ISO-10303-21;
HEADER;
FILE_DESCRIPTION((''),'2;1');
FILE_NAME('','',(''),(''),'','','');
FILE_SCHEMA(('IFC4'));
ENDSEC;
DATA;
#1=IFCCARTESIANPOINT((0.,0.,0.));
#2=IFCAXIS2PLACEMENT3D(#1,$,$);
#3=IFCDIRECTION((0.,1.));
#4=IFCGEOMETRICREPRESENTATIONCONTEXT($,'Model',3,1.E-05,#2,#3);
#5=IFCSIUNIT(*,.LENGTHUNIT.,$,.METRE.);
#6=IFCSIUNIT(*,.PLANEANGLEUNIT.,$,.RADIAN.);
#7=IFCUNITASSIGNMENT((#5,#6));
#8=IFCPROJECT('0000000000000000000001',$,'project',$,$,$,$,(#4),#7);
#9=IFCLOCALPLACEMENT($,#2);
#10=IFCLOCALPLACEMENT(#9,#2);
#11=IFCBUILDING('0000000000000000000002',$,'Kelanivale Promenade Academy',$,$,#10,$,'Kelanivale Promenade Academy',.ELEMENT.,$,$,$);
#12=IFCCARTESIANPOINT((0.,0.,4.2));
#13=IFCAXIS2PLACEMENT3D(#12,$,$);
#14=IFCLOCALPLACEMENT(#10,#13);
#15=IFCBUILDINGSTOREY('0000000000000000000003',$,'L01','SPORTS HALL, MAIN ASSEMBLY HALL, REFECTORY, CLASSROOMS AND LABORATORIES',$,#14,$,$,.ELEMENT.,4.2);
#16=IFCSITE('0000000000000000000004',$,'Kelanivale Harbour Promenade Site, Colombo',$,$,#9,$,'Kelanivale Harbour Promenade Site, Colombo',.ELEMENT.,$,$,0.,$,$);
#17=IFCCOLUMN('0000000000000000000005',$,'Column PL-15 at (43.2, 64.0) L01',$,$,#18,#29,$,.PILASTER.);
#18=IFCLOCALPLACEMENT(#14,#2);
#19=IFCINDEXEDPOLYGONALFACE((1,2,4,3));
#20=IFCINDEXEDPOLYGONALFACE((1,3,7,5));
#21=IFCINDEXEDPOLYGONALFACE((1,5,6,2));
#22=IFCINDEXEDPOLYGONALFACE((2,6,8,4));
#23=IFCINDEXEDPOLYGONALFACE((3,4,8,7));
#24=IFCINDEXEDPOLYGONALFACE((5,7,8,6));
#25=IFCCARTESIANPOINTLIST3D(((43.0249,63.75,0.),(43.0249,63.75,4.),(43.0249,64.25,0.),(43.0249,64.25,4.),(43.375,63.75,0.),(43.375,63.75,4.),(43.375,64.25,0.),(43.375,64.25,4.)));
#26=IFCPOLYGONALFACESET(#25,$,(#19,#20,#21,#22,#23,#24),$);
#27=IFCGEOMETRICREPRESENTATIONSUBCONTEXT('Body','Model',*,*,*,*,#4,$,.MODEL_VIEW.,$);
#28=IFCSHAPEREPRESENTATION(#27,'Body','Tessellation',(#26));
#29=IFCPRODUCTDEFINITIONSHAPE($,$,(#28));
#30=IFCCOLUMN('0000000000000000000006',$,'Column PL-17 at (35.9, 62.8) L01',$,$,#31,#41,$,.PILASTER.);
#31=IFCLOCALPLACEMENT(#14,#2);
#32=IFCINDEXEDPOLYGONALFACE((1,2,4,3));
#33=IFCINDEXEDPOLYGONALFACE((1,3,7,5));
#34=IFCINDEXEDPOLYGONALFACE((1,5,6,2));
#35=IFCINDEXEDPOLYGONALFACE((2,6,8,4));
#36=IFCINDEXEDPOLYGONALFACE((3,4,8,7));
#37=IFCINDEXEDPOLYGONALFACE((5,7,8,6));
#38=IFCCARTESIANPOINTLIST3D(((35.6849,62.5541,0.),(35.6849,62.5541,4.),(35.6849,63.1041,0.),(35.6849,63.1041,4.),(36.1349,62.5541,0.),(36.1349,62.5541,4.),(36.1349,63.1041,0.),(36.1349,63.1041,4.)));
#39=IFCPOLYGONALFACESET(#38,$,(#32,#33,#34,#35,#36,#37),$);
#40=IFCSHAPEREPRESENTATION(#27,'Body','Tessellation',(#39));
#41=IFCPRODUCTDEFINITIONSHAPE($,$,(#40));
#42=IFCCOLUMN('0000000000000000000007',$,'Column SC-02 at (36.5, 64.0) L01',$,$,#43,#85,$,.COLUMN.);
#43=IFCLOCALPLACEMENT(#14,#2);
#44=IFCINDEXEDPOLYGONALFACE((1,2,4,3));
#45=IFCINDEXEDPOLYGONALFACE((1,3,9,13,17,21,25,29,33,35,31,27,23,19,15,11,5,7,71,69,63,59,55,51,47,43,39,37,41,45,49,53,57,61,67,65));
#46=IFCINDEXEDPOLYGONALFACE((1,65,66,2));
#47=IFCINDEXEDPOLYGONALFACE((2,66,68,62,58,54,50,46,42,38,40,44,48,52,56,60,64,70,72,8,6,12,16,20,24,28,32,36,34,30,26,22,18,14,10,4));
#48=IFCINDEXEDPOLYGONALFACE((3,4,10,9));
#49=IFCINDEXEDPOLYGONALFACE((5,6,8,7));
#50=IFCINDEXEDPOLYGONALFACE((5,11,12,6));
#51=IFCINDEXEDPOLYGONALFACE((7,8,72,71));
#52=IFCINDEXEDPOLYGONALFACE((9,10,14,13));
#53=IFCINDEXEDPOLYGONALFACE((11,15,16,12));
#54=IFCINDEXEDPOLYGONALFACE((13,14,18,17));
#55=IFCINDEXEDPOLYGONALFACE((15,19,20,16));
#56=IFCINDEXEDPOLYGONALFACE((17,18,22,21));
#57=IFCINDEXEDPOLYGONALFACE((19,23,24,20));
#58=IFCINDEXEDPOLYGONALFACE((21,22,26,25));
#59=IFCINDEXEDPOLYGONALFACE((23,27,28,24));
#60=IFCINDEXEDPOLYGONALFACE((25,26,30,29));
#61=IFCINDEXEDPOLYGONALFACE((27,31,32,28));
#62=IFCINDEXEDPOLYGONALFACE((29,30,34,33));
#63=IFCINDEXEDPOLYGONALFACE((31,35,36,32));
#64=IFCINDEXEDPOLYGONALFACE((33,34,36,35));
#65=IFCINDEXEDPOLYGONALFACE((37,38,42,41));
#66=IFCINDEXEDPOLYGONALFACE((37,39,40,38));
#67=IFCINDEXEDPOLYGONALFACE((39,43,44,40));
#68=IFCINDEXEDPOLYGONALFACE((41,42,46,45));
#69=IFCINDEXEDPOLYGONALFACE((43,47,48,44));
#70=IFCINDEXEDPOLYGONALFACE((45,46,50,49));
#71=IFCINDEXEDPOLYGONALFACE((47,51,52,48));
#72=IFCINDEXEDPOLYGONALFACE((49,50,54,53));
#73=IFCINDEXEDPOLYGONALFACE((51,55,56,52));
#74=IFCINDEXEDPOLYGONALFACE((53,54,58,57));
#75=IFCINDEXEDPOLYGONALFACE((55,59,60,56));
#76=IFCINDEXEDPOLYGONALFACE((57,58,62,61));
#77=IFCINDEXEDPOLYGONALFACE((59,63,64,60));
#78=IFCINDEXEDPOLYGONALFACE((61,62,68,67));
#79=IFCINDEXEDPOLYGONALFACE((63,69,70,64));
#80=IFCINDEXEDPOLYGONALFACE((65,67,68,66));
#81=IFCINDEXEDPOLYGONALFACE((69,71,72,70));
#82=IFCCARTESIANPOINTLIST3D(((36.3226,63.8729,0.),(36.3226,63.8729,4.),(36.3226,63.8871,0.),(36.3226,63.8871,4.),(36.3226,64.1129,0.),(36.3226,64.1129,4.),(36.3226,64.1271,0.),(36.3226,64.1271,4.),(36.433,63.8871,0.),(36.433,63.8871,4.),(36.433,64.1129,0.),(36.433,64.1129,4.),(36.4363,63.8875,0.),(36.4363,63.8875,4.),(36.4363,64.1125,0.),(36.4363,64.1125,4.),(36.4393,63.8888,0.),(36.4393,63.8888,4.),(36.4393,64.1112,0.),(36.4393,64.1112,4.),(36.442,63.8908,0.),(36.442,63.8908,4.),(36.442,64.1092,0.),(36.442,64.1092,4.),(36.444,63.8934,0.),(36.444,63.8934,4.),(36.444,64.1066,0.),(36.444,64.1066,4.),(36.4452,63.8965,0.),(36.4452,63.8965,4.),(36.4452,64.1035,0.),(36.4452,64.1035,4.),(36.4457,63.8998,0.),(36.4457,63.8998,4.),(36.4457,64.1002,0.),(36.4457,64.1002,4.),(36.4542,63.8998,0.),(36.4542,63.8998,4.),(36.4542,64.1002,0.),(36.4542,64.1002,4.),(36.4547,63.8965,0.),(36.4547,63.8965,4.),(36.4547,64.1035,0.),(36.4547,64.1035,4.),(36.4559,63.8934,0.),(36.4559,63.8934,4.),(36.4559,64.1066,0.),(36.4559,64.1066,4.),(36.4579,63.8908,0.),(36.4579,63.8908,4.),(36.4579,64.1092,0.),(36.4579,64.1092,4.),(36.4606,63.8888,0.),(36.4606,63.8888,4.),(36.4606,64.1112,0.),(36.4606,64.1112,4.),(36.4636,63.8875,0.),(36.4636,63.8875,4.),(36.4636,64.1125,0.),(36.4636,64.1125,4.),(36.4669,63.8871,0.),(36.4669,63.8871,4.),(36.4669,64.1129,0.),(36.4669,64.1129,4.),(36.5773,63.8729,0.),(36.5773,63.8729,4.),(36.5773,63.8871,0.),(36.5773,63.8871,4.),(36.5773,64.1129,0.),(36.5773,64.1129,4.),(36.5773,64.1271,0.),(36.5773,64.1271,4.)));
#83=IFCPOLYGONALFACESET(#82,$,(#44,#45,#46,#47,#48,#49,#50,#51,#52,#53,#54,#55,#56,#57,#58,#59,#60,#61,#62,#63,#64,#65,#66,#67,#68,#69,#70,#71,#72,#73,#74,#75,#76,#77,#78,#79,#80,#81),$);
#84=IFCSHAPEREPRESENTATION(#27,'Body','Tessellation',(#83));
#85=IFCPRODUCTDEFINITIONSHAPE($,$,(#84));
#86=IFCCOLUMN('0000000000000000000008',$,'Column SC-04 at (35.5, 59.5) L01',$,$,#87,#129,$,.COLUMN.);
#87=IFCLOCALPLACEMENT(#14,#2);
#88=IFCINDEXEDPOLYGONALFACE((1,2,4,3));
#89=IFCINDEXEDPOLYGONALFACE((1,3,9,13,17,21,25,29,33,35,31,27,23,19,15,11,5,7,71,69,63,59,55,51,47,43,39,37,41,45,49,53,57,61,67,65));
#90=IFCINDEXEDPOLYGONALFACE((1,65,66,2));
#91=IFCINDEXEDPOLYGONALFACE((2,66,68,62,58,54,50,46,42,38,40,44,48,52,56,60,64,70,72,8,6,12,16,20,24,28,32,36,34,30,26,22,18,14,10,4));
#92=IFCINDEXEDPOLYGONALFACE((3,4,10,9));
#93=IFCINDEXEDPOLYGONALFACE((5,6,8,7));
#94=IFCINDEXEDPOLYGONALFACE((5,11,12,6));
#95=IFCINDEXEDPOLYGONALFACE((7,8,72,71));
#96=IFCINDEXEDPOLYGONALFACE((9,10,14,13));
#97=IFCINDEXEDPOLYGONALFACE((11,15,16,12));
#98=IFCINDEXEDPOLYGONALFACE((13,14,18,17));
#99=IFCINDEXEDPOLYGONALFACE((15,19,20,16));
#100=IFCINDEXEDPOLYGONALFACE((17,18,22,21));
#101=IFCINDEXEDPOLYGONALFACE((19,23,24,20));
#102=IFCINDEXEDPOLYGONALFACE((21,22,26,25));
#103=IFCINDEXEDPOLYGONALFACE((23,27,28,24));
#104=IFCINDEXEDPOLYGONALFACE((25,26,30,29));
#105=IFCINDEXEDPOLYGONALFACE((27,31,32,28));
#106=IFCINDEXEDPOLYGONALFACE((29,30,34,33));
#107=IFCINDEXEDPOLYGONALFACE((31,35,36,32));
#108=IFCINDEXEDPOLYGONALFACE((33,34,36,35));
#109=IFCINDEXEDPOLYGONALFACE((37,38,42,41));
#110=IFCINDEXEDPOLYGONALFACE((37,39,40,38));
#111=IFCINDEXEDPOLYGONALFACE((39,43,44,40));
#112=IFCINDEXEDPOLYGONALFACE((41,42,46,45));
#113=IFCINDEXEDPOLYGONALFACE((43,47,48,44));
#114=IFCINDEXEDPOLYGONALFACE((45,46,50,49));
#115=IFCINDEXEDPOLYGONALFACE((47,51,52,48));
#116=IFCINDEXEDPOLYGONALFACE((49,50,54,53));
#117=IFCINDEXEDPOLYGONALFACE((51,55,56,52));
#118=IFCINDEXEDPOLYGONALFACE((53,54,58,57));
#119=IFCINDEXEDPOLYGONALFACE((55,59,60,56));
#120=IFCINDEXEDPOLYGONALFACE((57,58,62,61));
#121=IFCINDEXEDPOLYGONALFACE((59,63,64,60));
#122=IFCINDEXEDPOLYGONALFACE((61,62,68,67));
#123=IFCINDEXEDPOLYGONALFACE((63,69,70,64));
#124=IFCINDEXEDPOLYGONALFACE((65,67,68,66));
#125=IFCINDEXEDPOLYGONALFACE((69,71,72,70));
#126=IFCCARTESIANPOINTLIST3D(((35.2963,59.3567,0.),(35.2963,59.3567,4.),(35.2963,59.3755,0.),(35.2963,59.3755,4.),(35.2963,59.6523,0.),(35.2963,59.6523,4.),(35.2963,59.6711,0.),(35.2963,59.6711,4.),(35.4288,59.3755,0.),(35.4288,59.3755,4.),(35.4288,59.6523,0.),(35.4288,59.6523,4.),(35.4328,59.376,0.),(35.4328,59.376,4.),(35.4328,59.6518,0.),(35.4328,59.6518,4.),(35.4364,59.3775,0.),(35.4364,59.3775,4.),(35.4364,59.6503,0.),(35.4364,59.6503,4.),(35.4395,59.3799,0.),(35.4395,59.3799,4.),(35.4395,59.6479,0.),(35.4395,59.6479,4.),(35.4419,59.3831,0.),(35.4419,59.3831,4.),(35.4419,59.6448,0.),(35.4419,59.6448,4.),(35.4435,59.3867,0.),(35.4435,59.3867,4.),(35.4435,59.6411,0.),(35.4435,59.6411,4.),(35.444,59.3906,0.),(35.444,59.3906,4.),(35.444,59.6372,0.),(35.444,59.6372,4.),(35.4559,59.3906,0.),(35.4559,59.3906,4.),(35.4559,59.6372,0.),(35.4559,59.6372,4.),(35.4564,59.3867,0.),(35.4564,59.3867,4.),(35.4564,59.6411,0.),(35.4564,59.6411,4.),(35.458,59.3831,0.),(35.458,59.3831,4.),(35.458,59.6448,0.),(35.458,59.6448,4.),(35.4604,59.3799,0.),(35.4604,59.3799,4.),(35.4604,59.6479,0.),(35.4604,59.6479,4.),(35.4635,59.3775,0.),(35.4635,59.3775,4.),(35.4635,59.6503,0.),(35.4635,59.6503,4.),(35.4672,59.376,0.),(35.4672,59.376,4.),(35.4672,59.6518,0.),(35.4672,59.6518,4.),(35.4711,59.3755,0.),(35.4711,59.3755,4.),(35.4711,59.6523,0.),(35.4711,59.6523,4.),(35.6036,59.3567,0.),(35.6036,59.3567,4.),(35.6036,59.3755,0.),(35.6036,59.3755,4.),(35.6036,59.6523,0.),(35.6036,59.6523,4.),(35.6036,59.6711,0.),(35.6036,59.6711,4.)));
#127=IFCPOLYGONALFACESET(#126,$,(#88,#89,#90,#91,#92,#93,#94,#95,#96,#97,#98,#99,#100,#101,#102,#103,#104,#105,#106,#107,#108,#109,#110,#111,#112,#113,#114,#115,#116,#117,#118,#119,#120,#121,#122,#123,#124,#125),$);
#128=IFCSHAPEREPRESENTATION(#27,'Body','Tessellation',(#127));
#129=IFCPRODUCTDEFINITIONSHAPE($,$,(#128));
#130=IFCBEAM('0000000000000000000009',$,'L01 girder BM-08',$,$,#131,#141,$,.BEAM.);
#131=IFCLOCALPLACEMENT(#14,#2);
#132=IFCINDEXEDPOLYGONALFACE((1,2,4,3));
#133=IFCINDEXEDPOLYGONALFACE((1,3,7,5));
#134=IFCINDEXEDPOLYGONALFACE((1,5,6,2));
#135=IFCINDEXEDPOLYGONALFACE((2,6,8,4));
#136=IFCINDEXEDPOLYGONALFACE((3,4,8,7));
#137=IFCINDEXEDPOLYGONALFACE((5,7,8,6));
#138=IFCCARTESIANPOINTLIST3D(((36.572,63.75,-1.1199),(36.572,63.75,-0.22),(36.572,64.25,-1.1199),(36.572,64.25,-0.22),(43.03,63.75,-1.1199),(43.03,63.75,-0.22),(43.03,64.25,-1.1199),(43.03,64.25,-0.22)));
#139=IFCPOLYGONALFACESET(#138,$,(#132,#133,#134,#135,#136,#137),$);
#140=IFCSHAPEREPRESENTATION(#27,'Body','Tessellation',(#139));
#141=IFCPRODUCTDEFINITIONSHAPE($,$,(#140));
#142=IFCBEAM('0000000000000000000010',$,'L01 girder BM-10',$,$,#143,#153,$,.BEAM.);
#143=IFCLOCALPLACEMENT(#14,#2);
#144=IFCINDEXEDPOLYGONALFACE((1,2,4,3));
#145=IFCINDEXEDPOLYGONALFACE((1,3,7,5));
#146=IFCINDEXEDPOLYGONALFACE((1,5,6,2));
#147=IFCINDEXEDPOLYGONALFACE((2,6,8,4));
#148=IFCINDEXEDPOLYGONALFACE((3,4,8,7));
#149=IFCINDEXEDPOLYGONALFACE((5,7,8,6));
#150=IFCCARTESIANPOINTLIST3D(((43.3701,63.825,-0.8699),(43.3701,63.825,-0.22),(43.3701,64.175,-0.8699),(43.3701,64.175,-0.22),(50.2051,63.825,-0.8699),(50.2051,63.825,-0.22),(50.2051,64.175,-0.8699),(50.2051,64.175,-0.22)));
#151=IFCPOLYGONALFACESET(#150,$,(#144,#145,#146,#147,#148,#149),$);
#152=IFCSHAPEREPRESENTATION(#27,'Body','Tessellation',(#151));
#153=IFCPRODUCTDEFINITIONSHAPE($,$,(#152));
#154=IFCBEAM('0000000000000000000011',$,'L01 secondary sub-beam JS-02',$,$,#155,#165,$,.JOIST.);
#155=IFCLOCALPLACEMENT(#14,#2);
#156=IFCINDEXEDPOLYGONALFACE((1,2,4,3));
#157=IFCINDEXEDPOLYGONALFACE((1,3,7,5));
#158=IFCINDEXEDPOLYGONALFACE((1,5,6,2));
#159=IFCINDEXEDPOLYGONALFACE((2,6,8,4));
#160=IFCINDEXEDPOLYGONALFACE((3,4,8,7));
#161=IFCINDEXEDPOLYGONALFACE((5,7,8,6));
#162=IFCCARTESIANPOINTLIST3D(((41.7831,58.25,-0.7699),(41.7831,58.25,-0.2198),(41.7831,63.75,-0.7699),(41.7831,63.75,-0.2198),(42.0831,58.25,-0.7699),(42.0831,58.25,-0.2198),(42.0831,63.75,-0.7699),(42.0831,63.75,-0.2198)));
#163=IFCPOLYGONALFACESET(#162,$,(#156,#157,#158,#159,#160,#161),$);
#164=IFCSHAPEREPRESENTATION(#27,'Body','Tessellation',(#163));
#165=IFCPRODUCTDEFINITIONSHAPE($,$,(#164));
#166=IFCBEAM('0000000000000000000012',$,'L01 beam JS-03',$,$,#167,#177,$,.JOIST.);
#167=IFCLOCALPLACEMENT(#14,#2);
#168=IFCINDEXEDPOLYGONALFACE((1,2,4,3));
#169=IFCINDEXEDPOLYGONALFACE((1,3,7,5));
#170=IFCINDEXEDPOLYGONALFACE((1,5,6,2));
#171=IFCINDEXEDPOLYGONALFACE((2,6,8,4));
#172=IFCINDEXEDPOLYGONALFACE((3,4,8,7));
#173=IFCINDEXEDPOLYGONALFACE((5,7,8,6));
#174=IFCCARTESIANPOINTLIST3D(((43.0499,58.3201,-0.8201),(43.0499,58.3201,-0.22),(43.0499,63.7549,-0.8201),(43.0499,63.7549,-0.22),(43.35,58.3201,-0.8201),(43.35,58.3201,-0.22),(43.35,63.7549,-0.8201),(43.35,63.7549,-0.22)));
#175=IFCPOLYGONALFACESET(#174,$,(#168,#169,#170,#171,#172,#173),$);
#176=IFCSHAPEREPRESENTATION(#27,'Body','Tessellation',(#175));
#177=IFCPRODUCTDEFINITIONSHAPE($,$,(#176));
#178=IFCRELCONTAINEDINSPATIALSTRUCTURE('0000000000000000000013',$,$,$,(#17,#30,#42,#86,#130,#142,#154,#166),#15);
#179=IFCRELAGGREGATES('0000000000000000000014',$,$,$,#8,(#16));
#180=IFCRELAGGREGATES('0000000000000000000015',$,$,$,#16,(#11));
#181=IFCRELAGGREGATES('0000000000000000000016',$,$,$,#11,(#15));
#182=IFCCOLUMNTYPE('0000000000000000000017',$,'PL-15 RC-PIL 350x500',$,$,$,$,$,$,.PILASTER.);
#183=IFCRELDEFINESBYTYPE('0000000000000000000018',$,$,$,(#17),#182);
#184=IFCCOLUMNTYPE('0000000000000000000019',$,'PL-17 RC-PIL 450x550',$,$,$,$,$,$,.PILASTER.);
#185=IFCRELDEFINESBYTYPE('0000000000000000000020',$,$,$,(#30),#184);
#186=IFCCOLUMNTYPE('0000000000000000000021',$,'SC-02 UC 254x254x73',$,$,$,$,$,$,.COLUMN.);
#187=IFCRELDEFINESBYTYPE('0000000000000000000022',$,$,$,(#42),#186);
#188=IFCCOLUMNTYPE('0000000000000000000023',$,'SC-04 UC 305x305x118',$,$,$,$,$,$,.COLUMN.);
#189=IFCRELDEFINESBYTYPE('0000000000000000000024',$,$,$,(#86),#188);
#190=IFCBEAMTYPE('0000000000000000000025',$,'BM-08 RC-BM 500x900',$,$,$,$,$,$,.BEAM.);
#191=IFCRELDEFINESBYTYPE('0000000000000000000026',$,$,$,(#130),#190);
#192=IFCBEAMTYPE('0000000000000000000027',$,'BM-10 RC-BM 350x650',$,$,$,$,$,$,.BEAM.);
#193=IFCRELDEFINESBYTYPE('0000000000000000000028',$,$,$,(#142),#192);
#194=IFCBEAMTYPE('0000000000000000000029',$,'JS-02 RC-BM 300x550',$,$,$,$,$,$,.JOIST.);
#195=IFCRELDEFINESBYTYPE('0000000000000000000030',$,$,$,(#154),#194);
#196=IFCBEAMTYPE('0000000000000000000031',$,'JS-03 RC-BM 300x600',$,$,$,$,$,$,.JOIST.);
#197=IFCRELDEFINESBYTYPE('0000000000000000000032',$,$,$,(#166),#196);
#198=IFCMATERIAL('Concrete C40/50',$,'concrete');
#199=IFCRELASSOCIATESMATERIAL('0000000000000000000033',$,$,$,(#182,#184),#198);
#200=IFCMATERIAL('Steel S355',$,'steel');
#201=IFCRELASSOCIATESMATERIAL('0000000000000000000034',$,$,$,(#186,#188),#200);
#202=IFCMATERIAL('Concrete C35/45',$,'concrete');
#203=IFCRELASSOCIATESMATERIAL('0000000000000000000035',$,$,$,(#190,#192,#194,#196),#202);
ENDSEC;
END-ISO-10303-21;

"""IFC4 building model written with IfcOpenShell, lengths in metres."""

from ifc_helpers import new_model, si_unit, direction, frame, origin, origin_2d, place, context, subcontext, project, spatial, rectangle, i_section, extrude, material, material_profile, profile_set, type_object, element, save


model = new_model("IFC4")

# Units and contexts
model_context = context("Model", 3, precision=1e-05, world=origin(), true_north=direction((0.0, 1.0)))
body_context = subcontext(model_context, "Body", "Model", "MODEL_VIEW")
ifc_project = project(units=[si_unit("LENGTHUNIT", "METRE"), si_unit("PLANEANGLEUNIT", "RADIAN")], contexts=[model_context])

# Site, building, storey
site_placement = place(None, origin())
site = spatial("IfcSite", under=ifc_project, at=site_placement, Name="Kelanivale Harbour Promenade Site, Colombo", LongName="Kelanivale Harbour Promenade Site, Colombo", CompositionType="ELEMENT", RefElevation=0.0)
building_placement = place(site_placement, origin())
building = spatial("IfcBuilding", under=site, at=building_placement, Name="Kelanivale Promenade Academy", LongName="Kelanivale Promenade Academy", CompositionType="ELEMENT")
storey_placement = place(building_placement, frame((0.0, 0.0, 4.2)))
storey = spatial("IfcBuildingStorey", under=building, at=storey_placement, Name="L01", Description="SPORTS HALL, MAIN ASSEMBLY HALL, REFECTORY, CLASSROOMS AND LABORATORIES", CompositionType="ELEMENT", Elevation=4.2)

# Columns
ifc_material_1 = material(Name="Concrete C40/50", Category="concrete")
ifc_material_profile_1 = material_profile(ifc_material_1, rectangle(XDim=0.3501, YDim=0.5, at=origin_2d()), Name="RC-PIL 350x500")
ifc_profile_set_1 = profile_set([ifc_material_profile_1], Name="Concrete C40/50")
column_type_1 = type_object("IfcColumnType", Name="PL-15 RC-PIL 350x500", PredefinedType="PILASTER", material=ifc_profile_set_1)
column_1_placement = place(storey_placement, frame((43.2, 64.0, 0.0), z_axis=(0.0, 0.0, 1.0), x_axis=(1.0, 0.0, 0.0)))
element("IfcColumn", 1, at=column_1_placement, inside=storey, type_object=column_type_1, Name="Column PL-15 at (43.2, 64.0) L01", PredefinedType="PILASTER", context=body_context, shape_type="SweptSolid", body=[
    extrude(rectangle(XDim=0.3501, YDim=0.5, at=origin_2d()), origin(), (0.0, 0.0, 1.0), 4.0),
])
ifc_material_profile_2 = material_profile(ifc_material_1, rectangle(XDim=0.45, YDim=0.55, at=origin_2d()), Name="RC-PIL 450x550")
ifc_profile_set_2 = profile_set([ifc_material_profile_2], Name="Concrete C40/50")
column_type_2 = type_object("IfcColumnType", Name="PL-17 RC-PIL 450x550", PredefinedType="PILASTER", material=ifc_profile_set_2)
column_2_placement = place(storey_placement, frame((35.9099, 62.8291, 0.0), z_axis=(0.0, 0.0, 1.0), x_axis=(1.0, 0.0, 0.0)))
element("IfcColumn", 2, at=column_2_placement, inside=storey, type_object=column_type_2, Name="Column PL-17 at (35.9, 62.8) L01", PredefinedType="PILASTER", context=body_context, shape_type="SweptSolid", body=[
    extrude(rectangle(XDim=0.45, YDim=0.55, at=origin_2d()), origin(), (0.0, 0.0, 1.0), 4.0),
])
ifc_material_2 = material(Name="Steel S355", Category="steel")
ifc_material_profile_3 = material_profile(ifc_material_2, i_section(OverallWidth=0.2546, OverallDepth=0.2542, WebThickness=0.0085, FlangeThickness=0.0142, FilletRadius=0.0127, at=origin_2d()), Name="UC 254x254x73")
ifc_profile_set_3 = profile_set([ifc_material_profile_3], Name="Steel S355")
column_type_3 = type_object("IfcColumnType", Name="SC-02 UC 254x254x73", PredefinedType="COLUMN", material=ifc_profile_set_3)
column_3_placement = place(storey_placement, frame((36.45, 64.0, 0.0), z_axis=(0.0, 0.0, 1.0), x_axis=(1.0, 0.0, 0.0)))
element("IfcColumn", 3, at=column_3_placement, inside=storey, type_object=column_type_3, Name="Column SC-02 at (36.5, 64.0) L01", PredefinedType="COLUMN", context=body_context, shape_type="SweptSolid", body=[
    extrude(i_section(OverallWidth=0.2546, OverallDepth=0.2542, WebThickness=0.0085, FlangeThickness=0.0142, FilletRadius=0.0127, at=origin_2d()), origin(), (0.0, 0.0, 1.0), 4.0),
])
ifc_material_profile_4 = material_profile(ifc_material_2, i_section(OverallWidth=0.3074, OverallDepth=0.3145, WebThickness=0.012, FlangeThickness=0.0188, FilletRadius=0.0151, at=origin_2d()), Name="UC 305x305x118")
ifc_profile_set_4 = profile_set([ifc_material_profile_4], Name="Steel S355")
column_type_4 = type_object("IfcColumnType", Name="SC-04 UC 305x305x118", PredefinedType="COLUMN", material=ifc_profile_set_4)
column_4_placement = place(storey_placement, frame((35.45, 59.5139, 0.0), z_axis=(0.0, 0.0, 1.0), x_axis=(1.0, 0.0, 0.0)))
element("IfcColumn", 4, at=column_4_placement, inside=storey, type_object=column_type_4, Name="Column SC-04 at (35.5, 59.5) L01", PredefinedType="COLUMN", context=body_context, shape_type="SweptSolid", body=[
    extrude(i_section(OverallWidth=0.3074, OverallDepth=0.3145, WebThickness=0.012, FlangeThickness=0.0188, FilletRadius=0.0151, at=origin_2d()), origin(), (0.0, 0.0, 1.0), 4.0),
])

# Beams
ifc_material_3 = material(Name="Concrete C35/45", Category="concrete")
ifc_material_profile_5 = material_profile(ifc_material_3, rectangle(XDim=0.5, YDim=0.8999, at=origin_2d()), Name="RC-BM 500x900")
ifc_profile_set_5 = profile_set([ifc_material_profile_5], Name="Concrete C35/45")
beam_type_1 = type_object("IfcBeamType", Name="BM-08 RC-BM 500x900", PredefinedType="BEAM", material=ifc_profile_set_5)
beam_1_placement = place(storey_placement, frame((36.572, 64.0, -0.6699), z_axis=(1.0, 0.0, 0.0), x_axis=(0.0, 1.0, 0.0)))
element("IfcBeam", 5, at=beam_1_placement, inside=storey, type_object=beam_type_1, Name="L01 girder BM-08", PredefinedType="BEAM", context=body_context, shape_type="SweptSolid", body=[
    extrude(rectangle(XDim=0.5, YDim=0.8999, at=origin_2d()), origin(), (0.0, 0.0, 1.0), 6.458),
])
ifc_material_profile_6 = material_profile(ifc_material_3, rectangle(XDim=0.3501, YDim=0.6499, at=origin_2d()), Name="RC-BM 350x650")
ifc_profile_set_6 = profile_set([ifc_material_profile_6], Name="Concrete C35/45")
beam_type_2 = type_object("IfcBeamType", Name="BM-10 RC-BM 350x650", PredefinedType="BEAM", material=ifc_profile_set_6)
beam_2_placement = place(storey_placement, frame((43.3701, 64.0, -0.5449), z_axis=(1.0, 0.0, 0.0), x_axis=(0.0, 1.0, 0.0)))
element("IfcBeam", 6, at=beam_2_placement, inside=storey, type_object=beam_type_2, Name="L01 girder BM-10", PredefinedType="BEAM", context=body_context, shape_type="SweptSolid", body=[
    extrude(rectangle(XDim=0.3501, YDim=0.6499, at=origin_2d()), origin(), (0.0, 0.0, 1.0), 6.835),
])
ifc_material_profile_7 = material_profile(ifc_material_3, rectangle(XDim=0.3, YDim=0.55, at=origin_2d()), Name="RC-BM 300x550")
ifc_profile_set_7 = profile_set([ifc_material_profile_7], Name="Concrete C35/45")
beam_type_3 = type_object("IfcBeamType", Name="JS-02 RC-BM 300x550", PredefinedType="JOIST", material=ifc_profile_set_7)
beam_3_placement = place(storey_placement, frame((41.9331, 58.25, -0.4949), z_axis=(0.0, 1.0, 0.0), x_axis=(-1.0, 0.0, 0.0)))
element("IfcBeam", 7, at=beam_3_placement, inside=storey, type_object=beam_type_3, Name="L01 secondary sub-beam JS-02", PredefinedType="JOIST", context=body_context, shape_type="SweptSolid", body=[
    extrude(rectangle(XDim=0.3, YDim=0.55, at=origin_2d()), origin(), (0.0, 0.0, 1.0), 5.5),
])
ifc_material_profile_8 = material_profile(ifc_material_3, rectangle(XDim=0.3, YDim=0.6001, at=origin_2d()), Name="RC-BM 300x600")
ifc_profile_set_8 = profile_set([ifc_material_profile_8], Name="Concrete C35/45")
beam_type_4 = type_object("IfcBeamType", Name="JS-03 RC-BM 300x600", PredefinedType="JOIST", material=ifc_profile_set_8)
beam_4_placement = place(storey_placement, frame((43.2, 58.3201, -0.52), z_axis=(0.0, 1.0, 0.0), x_axis=(-1.0, 0.0, 0.0)))
element("IfcBeam", 8, at=beam_4_placement, inside=storey, type_object=beam_type_4, Name="L01 beam JS-03", PredefinedType="JOIST", context=body_context, shape_type="SweptSolid", body=[
    extrude(rectangle(XDim=0.3, YDim=0.6001, at=origin_2d()), origin(), (0.0, 0.0, 1.0), 5.4348),
])

save(model, "model.ifc")
